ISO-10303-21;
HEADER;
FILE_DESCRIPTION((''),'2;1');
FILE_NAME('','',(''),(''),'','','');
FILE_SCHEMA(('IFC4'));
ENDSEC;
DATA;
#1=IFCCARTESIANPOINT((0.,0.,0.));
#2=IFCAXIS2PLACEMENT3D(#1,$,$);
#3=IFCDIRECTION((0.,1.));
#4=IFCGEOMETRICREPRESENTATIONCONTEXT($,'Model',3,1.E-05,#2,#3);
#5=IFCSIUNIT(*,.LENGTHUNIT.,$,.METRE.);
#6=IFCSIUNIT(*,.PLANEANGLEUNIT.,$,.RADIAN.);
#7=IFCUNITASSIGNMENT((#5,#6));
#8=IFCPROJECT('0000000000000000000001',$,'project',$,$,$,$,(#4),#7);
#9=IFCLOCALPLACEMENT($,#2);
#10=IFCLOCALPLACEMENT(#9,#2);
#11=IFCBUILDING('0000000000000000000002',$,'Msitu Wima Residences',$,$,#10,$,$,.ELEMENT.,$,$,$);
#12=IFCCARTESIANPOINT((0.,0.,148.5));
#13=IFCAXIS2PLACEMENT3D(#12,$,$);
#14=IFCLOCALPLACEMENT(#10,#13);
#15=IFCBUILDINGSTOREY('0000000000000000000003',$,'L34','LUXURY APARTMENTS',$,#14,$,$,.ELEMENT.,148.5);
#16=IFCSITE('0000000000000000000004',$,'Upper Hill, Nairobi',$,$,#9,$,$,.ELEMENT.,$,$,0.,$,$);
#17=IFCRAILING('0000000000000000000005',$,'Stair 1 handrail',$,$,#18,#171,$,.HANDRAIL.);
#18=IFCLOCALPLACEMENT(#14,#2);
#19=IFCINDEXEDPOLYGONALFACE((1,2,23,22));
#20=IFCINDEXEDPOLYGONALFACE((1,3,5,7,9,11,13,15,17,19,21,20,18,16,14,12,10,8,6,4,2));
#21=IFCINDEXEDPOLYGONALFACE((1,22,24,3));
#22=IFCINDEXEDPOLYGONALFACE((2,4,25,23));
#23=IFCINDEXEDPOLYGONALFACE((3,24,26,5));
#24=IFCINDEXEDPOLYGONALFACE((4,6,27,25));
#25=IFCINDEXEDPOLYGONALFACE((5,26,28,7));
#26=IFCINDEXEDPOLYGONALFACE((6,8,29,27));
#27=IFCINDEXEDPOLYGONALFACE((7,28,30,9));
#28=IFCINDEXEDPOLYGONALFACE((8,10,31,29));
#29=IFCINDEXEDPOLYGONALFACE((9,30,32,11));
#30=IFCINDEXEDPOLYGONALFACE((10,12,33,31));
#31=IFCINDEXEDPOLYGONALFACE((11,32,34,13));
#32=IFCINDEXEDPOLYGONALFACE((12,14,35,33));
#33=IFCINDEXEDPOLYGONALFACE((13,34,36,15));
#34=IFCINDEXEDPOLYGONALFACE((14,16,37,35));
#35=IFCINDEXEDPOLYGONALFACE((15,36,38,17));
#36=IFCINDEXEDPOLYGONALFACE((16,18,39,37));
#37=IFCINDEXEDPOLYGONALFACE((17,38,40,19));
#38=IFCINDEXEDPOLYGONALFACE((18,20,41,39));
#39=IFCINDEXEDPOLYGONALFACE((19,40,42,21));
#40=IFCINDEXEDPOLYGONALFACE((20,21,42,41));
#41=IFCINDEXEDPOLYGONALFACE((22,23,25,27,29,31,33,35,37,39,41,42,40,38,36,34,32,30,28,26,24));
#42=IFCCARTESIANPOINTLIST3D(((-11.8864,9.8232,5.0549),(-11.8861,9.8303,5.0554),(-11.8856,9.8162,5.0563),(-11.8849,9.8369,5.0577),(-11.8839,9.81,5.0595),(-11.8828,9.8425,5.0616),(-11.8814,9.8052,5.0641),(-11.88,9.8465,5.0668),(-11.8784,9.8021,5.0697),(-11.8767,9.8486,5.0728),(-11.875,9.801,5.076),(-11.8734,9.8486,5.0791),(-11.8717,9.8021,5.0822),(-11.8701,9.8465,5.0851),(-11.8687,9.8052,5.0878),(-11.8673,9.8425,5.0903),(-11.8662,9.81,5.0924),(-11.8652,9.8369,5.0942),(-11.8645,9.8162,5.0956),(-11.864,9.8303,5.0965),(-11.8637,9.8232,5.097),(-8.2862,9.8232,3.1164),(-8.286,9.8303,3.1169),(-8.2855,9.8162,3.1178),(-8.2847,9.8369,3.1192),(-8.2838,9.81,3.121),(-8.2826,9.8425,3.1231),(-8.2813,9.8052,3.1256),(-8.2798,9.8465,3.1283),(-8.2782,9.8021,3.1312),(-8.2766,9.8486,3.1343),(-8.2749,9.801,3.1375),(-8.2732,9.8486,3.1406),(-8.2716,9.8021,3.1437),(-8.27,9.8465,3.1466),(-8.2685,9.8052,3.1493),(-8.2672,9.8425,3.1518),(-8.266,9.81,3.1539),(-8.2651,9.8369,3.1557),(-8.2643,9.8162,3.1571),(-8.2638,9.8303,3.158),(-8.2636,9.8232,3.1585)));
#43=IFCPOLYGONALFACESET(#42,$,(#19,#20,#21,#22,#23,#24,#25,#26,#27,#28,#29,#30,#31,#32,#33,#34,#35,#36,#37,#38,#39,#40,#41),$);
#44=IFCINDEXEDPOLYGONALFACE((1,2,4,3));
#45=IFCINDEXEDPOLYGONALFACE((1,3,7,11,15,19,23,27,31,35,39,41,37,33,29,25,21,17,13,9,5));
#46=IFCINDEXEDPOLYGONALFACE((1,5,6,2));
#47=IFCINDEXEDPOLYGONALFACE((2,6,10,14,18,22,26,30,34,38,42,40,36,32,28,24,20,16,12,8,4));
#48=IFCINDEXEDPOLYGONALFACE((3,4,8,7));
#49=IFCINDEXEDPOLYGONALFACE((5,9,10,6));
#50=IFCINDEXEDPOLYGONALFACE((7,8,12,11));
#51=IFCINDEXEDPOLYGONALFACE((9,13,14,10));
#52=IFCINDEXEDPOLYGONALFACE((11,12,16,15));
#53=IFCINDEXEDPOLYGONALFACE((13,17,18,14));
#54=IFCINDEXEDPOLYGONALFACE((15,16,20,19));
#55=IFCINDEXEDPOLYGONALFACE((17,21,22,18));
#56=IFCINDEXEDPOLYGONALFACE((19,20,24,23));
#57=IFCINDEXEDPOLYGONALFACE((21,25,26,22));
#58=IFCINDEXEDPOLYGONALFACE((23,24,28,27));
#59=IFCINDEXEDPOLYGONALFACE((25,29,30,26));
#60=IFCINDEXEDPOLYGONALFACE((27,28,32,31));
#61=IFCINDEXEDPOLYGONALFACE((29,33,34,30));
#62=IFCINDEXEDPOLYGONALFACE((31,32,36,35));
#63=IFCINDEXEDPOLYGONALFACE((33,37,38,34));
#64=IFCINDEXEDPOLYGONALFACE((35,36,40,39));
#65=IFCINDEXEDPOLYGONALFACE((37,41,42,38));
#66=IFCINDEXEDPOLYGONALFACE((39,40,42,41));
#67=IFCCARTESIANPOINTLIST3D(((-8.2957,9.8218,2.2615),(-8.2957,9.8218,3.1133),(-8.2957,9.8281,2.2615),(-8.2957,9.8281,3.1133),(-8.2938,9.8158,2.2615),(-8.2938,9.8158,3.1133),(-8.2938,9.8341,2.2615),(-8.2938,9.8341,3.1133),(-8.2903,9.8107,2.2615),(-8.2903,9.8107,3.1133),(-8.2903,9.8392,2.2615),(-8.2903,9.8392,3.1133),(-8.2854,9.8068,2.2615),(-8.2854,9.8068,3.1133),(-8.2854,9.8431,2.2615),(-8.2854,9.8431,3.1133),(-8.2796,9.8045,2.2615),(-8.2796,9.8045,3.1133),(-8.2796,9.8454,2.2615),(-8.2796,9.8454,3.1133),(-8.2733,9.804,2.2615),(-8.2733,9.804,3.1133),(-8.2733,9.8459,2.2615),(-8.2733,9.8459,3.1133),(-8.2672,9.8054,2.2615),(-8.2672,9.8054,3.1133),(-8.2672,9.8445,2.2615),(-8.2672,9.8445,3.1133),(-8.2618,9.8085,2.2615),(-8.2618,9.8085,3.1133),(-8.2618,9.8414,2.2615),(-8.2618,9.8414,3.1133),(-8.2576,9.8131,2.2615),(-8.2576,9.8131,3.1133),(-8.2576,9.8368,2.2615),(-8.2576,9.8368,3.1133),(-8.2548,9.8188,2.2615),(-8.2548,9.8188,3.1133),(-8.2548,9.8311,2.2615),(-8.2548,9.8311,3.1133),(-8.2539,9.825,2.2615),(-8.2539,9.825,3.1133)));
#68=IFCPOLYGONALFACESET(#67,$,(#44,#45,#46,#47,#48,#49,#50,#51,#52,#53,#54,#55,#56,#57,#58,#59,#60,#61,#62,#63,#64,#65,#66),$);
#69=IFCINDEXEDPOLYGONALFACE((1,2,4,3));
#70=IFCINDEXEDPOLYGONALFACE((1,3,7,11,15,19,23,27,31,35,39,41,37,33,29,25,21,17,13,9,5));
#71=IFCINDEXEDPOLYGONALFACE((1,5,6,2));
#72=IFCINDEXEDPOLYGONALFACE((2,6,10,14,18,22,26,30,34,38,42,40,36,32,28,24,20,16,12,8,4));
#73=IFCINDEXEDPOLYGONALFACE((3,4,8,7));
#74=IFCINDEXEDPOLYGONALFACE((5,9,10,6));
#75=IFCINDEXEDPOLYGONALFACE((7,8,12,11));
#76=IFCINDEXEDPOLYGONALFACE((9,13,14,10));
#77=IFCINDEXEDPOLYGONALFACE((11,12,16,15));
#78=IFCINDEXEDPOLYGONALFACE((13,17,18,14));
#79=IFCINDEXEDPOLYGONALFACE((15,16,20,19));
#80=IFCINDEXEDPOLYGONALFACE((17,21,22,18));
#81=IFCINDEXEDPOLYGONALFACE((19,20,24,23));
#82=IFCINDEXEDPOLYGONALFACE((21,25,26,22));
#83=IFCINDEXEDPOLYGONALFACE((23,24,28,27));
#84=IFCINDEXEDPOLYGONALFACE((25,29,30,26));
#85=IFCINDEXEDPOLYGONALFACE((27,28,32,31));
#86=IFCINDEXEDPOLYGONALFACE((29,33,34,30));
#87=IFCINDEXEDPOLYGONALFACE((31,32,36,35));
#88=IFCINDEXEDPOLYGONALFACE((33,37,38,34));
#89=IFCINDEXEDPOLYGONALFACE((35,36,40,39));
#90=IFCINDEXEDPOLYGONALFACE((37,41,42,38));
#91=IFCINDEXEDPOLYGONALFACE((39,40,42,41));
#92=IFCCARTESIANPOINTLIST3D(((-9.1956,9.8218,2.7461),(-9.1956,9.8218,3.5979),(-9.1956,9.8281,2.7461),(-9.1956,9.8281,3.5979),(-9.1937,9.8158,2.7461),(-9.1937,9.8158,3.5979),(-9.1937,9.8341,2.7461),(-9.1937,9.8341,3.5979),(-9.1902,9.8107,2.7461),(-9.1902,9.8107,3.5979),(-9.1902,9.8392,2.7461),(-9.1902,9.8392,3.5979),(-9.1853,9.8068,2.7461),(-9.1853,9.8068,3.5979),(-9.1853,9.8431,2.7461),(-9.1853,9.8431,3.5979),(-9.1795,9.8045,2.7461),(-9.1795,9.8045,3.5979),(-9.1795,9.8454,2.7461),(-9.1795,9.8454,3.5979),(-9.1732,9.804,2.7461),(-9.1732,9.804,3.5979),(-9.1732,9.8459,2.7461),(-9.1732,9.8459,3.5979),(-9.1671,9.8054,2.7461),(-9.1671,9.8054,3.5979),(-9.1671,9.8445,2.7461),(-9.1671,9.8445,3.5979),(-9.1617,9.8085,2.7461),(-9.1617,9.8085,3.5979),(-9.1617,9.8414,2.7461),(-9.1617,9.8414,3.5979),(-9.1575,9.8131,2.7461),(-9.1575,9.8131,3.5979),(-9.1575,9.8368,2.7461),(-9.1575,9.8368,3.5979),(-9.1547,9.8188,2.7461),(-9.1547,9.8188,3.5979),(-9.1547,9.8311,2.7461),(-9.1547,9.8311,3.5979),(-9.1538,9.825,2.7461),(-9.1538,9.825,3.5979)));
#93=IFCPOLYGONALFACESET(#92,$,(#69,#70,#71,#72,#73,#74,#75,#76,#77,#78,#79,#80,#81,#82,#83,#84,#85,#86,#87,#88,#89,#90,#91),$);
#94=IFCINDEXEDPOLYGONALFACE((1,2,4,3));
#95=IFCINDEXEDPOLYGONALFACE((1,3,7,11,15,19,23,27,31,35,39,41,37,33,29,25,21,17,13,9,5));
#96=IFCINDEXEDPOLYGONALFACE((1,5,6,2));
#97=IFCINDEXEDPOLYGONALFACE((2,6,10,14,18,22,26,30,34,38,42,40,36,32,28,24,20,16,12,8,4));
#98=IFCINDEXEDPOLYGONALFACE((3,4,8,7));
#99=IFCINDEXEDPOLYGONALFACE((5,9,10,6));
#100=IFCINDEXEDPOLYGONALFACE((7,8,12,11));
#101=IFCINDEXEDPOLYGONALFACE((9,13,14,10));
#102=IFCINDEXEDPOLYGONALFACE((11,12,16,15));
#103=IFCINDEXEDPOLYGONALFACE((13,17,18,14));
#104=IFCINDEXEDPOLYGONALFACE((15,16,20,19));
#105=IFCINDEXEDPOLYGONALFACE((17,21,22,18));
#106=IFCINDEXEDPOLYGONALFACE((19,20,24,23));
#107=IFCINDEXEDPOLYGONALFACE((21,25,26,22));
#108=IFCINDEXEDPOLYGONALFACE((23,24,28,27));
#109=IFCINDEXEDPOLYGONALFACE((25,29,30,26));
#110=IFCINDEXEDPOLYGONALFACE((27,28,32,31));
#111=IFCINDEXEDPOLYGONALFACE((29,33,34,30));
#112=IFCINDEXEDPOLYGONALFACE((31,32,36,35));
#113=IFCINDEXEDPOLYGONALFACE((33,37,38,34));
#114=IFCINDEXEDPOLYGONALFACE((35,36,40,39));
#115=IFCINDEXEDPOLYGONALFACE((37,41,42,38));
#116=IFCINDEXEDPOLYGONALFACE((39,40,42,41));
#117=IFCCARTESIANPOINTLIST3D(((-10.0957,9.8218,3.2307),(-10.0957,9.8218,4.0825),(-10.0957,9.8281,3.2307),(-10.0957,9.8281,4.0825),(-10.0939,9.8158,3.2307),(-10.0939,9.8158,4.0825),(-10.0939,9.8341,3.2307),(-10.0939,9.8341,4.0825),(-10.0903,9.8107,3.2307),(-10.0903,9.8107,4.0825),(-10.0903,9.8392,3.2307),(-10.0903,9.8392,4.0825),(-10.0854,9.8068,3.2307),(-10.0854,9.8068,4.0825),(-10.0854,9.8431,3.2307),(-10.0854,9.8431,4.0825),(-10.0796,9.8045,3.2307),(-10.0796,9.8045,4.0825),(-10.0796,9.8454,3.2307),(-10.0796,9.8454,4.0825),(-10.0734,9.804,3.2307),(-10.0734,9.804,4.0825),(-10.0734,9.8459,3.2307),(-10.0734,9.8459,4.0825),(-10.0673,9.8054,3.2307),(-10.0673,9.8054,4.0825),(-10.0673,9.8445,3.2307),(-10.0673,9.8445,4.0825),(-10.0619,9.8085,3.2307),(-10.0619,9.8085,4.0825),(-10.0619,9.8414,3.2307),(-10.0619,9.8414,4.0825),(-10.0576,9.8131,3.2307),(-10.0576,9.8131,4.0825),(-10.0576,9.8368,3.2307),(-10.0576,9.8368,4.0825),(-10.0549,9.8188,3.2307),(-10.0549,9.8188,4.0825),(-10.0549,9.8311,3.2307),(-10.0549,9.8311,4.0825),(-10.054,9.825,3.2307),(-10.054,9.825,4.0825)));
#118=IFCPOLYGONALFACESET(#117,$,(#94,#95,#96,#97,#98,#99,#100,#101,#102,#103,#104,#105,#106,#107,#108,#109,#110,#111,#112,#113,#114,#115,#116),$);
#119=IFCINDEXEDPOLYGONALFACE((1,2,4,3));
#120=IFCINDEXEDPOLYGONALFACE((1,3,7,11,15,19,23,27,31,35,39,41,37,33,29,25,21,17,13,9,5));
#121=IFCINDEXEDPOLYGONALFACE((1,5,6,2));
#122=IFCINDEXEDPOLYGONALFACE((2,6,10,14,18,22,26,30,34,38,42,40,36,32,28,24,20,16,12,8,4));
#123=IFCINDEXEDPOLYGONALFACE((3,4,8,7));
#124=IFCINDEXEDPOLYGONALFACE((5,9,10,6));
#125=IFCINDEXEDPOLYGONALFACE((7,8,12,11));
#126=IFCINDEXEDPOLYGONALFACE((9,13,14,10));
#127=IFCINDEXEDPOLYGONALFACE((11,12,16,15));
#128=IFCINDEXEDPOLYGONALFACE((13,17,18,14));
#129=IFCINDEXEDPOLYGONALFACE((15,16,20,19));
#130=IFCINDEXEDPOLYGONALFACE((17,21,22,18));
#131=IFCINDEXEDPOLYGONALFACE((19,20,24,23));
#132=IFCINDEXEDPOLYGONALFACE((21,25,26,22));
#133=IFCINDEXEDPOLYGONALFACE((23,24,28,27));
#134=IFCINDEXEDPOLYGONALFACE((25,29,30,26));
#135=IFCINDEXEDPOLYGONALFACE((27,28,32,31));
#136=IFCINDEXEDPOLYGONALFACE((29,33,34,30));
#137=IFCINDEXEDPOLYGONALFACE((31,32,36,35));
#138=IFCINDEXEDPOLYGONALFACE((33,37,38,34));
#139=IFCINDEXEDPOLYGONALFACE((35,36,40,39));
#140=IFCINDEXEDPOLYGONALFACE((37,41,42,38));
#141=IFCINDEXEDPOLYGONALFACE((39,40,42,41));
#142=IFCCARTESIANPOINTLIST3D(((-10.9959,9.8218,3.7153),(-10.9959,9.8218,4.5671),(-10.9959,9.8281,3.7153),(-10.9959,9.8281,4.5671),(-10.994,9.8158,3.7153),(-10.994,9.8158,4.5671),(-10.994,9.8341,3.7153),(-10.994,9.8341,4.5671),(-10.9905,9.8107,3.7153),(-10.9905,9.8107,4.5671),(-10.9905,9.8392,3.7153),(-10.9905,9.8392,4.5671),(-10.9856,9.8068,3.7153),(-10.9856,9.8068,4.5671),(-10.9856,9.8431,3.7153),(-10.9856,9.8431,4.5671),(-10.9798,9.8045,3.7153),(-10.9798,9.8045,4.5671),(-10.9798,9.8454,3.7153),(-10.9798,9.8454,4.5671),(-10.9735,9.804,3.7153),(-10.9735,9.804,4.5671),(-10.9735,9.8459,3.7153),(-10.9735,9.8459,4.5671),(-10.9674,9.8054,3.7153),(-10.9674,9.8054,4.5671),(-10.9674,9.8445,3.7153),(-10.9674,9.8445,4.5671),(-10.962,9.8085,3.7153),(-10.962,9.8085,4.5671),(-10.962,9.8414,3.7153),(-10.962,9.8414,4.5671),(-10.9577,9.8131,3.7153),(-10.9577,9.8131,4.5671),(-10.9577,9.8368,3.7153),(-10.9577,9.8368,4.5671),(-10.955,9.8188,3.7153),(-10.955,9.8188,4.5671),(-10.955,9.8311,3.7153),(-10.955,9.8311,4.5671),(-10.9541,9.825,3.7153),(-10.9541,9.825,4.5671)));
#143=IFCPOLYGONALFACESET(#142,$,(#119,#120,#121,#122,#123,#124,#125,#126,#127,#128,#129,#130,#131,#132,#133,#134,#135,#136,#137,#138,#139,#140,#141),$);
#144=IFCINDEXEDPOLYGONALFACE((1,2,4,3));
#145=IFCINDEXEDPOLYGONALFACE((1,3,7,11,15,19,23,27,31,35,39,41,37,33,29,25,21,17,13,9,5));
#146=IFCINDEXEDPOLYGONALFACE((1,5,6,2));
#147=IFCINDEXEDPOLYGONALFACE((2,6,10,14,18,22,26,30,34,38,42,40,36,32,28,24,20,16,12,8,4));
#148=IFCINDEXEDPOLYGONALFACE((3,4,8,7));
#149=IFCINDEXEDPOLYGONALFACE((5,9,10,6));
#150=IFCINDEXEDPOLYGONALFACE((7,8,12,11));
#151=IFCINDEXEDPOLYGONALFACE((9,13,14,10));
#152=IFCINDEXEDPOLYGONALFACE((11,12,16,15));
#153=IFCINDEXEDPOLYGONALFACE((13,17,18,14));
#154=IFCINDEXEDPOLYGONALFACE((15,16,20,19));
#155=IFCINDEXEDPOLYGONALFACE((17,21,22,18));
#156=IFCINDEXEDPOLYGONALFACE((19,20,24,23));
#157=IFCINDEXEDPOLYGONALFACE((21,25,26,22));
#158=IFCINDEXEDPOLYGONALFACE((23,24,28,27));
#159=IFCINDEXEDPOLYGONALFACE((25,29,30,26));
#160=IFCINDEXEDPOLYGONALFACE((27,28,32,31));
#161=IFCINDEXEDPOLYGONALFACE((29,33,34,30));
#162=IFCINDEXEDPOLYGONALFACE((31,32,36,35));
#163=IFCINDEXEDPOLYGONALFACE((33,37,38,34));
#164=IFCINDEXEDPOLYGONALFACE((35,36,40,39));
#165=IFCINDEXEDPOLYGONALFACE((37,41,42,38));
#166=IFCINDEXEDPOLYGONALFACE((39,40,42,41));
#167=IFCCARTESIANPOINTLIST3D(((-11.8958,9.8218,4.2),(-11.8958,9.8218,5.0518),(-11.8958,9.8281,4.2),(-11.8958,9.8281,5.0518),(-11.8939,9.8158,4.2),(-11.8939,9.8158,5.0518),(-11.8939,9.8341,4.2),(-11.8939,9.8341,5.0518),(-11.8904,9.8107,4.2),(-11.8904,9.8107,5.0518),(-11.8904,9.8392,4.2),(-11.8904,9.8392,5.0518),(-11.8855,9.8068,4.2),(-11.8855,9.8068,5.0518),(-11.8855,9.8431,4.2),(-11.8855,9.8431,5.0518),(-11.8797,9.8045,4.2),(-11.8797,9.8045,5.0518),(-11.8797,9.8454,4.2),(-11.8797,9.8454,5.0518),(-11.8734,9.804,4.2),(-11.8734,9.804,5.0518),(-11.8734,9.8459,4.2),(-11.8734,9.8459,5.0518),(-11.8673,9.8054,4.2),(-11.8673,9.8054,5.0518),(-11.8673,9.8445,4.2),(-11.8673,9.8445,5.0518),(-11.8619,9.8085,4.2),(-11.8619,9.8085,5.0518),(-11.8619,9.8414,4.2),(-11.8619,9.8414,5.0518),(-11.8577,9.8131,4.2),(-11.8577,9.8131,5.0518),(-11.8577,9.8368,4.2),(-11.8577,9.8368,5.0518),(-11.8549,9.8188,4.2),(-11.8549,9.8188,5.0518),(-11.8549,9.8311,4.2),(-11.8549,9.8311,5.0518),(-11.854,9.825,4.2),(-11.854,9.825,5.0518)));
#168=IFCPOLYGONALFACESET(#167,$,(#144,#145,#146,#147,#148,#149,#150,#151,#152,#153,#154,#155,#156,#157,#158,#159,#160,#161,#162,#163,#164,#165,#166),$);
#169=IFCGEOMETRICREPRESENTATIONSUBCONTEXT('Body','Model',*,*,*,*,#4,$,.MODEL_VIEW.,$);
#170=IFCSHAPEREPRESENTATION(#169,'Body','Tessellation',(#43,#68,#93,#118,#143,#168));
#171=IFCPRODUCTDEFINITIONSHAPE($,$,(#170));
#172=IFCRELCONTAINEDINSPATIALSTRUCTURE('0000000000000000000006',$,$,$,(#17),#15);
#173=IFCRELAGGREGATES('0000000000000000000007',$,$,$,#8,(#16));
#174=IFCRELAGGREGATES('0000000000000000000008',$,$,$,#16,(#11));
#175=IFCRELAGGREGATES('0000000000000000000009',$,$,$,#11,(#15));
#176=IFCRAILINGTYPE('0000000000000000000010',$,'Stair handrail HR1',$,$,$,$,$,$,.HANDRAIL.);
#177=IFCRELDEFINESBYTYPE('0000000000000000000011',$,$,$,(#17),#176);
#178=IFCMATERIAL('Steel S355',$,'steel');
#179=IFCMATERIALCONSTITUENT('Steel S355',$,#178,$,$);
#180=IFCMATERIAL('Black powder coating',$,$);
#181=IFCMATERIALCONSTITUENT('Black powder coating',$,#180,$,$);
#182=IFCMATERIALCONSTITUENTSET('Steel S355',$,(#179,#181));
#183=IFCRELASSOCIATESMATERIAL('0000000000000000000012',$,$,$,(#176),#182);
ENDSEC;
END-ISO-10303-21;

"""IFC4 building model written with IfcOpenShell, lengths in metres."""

from ifc_helpers import new_model, si_unit, direction, frame, origin, origin_2d, place, context, subcontext, project, spatial, circle, extrude, material, constituent, constituent_set, type_object, element, save


model = new_model("IFC4")

# Units and contexts
model_context = context("Model", 3, precision=1e-05, world=origin(), true_north=direction((0.0, 1.0)))
body_context = subcontext(model_context, "Body", "Model", "MODEL_VIEW")
ifc_project = project(units=[si_unit("LENGTHUNIT", "METRE"), si_unit("PLANEANGLEUNIT", "RADIAN")], contexts=[model_context])

# Site, building, storey
site_placement = place(None, origin())
site = spatial("IfcSite", under=ifc_project, at=site_placement, Name="Upper Hill, Nairobi", CompositionType="ELEMENT", RefElevation=0.0)
building_placement = place(site_placement, origin())
building = spatial("IfcBuilding", under=site, at=building_placement, Name="Msitu Wima Residences", CompositionType="ELEMENT")
storey_placement = place(building_placement, frame((0.0, 0.0, 148.5)))
storey = spatial("IfcBuildingStorey", under=building, at=storey_placement, Name="L34", Description="LUXURY APARTMENTS", CompositionType="ELEMENT", Elevation=148.5)

# Railing
ifc_material_1 = material(Name="Steel S355", Category="steel")
ifc_constituent_1 = constituent(ifc_material_1, Name="Steel S355")
ifc_material_2 = material(Name="Black powder coating")
ifc_constituent_2 = constituent(ifc_material_2, Name="Black powder coating")
ifc_constituent_set = constituent_set(constituents=[ifc_constituent_1, ifc_constituent_2], Name="Steel S355")
railing_type = type_object("IfcRailingType", Name="Stair handrail HR1", PredefinedType="HANDRAIL", material=ifc_constituent_set)
railing_placement = place(storey_placement, frame((-8.2749, 9.825, 2.2615)))
element("IfcRailing", 1, at=railing_placement, inside=storey, type_object=railing_type, Name="Stair 1 handrail", PredefinedType="HANDRAIL", context=body_context, shape_type="SweptSolid", body=[
    extrude(circle(Radius=0.0239, at=origin_2d()), frame((0.0, 0.0, 0.876), z_axis=(-0.880475, 0.0, 0.474093), x_axis=(0.0, -1.0, 0.0)), (0.0, 0.0, 1.0), 4.0889),
    extrude(circle(Radius=0.021, at=origin_2d()), origin(), (0.0, 0.0, 1.0), 0.8518),
    extrude(circle(Radius=0.021, at=origin_2d()), frame((-0.8999, 0.0, 0.4846)), (0.0, 0.0, 1.0), 0.8518),
    extrude(circle(Radius=0.021, at=origin_2d()), frame((-1.8, 0.0, 0.9692)), (0.0, 0.0, 1.0), 0.8518),
    extrude(circle(Radius=0.021, at=origin_2d()), frame((-2.7002, 0.0, 1.4539)), (0.0, 0.0, 1.0), 0.8518),
    extrude(circle(Radius=0.021, at=origin_2d()), frame((-3.6001, 0.0, 1.9385)), (0.0, 0.0, 1.0), 0.8518),
])

save(model, "model.ifc")
